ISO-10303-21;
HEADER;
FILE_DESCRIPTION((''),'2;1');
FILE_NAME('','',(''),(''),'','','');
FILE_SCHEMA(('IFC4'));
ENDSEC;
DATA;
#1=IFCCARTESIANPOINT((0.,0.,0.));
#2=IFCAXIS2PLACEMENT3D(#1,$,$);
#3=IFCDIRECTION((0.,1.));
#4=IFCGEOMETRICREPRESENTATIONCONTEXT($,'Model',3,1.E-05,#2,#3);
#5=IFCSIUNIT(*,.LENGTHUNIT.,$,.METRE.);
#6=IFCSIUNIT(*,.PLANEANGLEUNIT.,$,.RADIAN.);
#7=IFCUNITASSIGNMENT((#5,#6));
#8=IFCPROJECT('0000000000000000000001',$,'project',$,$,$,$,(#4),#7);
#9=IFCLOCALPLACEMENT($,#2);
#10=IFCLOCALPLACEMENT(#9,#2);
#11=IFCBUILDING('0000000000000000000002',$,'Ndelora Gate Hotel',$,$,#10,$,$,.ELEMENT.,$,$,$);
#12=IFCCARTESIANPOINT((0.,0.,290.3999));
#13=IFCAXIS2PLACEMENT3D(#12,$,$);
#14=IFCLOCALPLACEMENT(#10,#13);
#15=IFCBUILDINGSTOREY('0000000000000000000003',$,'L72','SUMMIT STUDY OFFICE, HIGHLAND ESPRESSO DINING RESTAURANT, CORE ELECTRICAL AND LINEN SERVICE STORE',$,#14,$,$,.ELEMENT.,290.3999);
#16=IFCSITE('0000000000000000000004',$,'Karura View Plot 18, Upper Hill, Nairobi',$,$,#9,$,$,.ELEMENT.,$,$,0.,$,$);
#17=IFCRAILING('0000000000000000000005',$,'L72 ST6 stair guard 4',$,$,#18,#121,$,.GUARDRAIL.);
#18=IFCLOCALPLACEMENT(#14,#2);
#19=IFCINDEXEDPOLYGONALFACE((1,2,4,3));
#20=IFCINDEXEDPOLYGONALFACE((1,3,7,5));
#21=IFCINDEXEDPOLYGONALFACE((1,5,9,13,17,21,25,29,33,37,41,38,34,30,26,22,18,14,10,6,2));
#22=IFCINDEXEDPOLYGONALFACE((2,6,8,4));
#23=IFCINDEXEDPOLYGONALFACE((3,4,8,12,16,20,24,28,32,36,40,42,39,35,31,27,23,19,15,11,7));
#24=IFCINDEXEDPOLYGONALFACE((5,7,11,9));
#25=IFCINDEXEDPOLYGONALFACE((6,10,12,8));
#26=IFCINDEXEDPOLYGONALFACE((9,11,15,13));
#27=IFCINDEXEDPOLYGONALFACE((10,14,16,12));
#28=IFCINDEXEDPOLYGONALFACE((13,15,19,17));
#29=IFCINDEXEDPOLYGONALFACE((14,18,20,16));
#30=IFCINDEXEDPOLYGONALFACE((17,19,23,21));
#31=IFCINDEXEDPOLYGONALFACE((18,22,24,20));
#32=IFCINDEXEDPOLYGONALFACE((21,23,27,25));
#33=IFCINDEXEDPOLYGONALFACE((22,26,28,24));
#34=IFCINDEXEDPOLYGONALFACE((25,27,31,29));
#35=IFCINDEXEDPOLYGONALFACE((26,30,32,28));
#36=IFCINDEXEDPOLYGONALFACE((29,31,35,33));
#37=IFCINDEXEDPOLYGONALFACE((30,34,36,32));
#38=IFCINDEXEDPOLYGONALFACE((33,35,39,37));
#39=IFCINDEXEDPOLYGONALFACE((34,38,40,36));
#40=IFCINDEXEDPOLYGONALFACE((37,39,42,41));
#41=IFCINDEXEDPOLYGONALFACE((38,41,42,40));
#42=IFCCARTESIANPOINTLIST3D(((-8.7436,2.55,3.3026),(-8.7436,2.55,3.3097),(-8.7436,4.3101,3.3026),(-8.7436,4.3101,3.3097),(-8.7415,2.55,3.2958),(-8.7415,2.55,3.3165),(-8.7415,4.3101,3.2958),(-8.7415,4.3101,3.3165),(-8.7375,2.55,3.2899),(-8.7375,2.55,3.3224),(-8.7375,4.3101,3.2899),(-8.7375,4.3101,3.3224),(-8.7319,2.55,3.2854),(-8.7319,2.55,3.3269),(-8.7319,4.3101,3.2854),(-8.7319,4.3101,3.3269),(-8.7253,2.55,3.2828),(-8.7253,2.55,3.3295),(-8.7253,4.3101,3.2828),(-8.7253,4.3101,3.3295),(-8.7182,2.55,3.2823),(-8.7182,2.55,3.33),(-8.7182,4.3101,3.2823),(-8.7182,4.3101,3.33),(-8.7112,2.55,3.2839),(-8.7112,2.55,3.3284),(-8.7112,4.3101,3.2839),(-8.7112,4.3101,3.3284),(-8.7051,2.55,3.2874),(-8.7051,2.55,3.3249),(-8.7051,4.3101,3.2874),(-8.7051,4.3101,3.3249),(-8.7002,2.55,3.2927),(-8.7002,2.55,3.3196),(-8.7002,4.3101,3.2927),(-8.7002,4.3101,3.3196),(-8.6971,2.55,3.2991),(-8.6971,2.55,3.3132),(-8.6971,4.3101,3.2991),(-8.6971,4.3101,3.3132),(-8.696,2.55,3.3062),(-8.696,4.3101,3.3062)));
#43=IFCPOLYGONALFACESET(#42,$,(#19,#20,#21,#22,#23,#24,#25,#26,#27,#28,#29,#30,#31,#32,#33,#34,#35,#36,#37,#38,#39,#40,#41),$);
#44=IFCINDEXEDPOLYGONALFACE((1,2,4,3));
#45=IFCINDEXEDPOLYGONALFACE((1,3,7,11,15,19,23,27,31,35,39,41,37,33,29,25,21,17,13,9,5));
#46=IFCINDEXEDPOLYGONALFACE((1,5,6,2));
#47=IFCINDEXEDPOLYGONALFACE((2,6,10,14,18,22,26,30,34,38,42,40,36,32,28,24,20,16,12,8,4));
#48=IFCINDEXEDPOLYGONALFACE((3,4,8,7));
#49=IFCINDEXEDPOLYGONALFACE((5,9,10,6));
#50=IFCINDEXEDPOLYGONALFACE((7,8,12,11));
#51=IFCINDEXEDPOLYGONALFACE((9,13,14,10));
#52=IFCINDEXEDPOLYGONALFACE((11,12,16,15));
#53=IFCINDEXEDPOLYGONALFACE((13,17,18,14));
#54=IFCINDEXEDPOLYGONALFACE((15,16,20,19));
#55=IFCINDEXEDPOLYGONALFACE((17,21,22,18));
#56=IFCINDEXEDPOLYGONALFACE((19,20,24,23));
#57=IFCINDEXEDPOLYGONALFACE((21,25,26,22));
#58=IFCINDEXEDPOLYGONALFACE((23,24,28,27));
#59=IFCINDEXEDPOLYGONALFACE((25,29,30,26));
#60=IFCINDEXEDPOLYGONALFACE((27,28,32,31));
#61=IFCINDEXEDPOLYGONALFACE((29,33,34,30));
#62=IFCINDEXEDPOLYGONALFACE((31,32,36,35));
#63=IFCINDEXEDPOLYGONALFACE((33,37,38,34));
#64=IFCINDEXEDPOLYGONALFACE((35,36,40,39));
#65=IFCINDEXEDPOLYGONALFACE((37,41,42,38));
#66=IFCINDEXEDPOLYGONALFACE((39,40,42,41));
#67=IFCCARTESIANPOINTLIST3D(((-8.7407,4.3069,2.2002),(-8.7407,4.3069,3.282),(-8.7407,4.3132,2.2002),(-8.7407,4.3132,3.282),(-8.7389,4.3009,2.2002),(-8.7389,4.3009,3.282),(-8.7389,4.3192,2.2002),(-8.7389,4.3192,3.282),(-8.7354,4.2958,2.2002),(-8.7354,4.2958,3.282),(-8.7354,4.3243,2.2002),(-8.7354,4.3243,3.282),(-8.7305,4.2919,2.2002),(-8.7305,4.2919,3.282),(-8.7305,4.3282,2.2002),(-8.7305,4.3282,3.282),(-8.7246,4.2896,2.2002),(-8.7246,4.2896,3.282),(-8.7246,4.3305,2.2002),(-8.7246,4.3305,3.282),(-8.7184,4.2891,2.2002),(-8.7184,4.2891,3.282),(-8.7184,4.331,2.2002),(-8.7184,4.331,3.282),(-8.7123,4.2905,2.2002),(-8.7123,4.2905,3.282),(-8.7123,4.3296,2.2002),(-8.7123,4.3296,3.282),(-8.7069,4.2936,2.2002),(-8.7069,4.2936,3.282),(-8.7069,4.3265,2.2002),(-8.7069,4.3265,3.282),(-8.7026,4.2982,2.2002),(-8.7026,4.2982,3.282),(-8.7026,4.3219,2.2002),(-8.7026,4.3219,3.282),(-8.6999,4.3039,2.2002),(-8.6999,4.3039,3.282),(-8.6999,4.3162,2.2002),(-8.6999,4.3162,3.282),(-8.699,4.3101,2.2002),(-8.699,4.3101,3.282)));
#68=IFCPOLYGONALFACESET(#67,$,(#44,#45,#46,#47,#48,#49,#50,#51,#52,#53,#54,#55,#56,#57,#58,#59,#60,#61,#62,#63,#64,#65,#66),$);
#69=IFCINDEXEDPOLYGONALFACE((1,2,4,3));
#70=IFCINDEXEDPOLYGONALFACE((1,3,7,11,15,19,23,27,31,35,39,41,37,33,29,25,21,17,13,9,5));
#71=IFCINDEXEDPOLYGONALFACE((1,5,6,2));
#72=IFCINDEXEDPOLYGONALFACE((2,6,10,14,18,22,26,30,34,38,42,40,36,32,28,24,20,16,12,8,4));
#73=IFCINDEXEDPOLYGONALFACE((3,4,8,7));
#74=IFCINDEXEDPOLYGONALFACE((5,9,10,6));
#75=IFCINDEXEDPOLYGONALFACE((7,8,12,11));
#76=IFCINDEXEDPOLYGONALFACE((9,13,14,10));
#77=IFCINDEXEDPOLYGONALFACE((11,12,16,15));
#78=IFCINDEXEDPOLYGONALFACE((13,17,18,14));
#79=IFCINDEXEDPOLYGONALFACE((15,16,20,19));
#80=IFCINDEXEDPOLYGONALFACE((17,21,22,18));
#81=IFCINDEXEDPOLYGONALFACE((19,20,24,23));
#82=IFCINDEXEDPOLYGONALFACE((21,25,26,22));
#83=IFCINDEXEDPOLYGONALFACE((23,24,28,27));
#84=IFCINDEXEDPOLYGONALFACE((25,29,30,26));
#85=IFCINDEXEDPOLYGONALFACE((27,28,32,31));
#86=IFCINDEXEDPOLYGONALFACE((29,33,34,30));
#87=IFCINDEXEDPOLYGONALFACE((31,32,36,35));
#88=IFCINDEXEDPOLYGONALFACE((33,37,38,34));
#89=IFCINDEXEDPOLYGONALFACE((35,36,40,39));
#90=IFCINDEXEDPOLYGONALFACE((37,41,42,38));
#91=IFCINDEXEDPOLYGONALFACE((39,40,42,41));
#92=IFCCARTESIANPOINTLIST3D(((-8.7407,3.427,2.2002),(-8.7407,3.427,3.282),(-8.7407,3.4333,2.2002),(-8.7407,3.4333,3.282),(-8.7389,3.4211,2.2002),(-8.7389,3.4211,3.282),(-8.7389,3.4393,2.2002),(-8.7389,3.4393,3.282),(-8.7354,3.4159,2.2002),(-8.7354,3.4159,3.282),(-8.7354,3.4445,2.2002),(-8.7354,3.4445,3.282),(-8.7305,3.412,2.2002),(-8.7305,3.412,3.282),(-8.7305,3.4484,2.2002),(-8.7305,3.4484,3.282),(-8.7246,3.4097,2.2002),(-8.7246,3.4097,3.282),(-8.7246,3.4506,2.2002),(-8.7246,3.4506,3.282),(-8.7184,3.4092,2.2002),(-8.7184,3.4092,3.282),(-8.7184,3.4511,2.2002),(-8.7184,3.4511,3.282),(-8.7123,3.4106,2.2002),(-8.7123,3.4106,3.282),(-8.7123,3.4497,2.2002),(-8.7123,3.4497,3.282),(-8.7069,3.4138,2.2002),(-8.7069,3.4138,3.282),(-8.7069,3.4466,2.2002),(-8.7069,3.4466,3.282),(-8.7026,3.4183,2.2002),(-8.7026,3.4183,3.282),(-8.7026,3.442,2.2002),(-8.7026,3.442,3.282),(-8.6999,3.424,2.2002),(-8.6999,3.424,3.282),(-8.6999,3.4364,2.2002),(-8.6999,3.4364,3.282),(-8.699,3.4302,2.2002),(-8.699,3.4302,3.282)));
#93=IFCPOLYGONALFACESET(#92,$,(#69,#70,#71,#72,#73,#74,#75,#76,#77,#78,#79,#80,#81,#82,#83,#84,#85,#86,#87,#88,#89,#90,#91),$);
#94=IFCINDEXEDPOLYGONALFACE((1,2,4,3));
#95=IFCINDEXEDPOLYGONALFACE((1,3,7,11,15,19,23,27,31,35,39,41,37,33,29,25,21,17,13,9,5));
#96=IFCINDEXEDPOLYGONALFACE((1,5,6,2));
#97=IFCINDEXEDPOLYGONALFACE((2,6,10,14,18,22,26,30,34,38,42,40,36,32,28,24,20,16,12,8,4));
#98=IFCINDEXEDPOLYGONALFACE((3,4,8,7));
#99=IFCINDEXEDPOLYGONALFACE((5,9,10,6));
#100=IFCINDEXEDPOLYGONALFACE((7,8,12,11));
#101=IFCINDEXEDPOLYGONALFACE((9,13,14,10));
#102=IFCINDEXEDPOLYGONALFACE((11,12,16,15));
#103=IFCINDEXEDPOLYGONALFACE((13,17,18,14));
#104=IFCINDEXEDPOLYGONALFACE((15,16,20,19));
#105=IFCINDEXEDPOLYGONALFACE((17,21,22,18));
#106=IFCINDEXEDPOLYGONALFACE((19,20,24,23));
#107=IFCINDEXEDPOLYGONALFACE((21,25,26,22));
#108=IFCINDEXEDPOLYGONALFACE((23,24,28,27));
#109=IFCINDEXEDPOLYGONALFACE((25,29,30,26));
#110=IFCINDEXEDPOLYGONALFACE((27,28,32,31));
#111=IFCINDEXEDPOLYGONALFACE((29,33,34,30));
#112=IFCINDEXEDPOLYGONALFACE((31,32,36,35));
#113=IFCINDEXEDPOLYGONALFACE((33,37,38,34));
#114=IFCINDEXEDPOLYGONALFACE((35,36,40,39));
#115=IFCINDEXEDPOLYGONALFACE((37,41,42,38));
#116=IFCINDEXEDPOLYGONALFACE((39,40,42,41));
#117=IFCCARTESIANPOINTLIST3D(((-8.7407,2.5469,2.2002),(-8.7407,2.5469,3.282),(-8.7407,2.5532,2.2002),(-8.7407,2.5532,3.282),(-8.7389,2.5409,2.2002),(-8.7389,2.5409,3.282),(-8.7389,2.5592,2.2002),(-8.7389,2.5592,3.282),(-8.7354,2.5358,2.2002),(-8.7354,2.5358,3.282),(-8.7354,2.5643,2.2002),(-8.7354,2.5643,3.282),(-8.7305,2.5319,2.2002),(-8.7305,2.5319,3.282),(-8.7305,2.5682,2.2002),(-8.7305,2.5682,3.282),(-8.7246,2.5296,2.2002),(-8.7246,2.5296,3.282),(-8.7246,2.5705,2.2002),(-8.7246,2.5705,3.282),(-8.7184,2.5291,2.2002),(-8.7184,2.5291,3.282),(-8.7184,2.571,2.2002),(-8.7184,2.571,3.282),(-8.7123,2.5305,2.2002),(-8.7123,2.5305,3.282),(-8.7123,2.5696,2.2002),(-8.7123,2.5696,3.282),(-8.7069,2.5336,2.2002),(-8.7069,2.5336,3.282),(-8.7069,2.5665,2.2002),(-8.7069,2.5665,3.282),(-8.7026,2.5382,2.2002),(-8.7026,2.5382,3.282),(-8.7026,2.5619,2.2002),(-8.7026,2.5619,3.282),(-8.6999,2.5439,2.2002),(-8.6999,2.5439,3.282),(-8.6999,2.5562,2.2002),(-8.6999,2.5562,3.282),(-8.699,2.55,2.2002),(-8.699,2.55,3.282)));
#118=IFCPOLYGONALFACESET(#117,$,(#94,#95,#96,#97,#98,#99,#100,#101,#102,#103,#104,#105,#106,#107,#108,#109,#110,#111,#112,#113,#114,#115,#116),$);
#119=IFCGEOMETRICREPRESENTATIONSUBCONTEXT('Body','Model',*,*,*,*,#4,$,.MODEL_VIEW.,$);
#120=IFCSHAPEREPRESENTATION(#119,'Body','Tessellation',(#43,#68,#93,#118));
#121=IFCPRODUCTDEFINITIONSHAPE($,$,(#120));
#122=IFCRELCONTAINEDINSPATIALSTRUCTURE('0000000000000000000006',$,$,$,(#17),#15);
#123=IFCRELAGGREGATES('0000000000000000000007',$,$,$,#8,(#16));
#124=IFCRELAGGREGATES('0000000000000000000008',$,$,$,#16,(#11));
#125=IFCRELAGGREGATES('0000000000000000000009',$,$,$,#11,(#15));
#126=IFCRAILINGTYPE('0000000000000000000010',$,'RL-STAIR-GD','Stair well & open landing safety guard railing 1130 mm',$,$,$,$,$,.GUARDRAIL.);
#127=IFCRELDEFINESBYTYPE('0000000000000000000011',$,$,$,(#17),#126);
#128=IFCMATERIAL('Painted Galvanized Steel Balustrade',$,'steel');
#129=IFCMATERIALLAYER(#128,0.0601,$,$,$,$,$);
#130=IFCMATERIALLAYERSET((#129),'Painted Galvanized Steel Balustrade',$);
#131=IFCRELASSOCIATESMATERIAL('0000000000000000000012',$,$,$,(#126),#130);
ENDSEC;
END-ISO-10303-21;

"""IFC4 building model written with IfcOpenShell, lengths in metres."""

from ifc_helpers import new_model, si_unit, direction, frame, origin, origin_2d, place, context, subcontext, project, spatial, circle, extrude, material, layer, layer_set, type_object, element, save


model = new_model("IFC4")

# Units and contexts
model_context = context("Model", 3, precision=1e-05, world=origin(), true_north=direction((0.0, 1.0)))
body_context = subcontext(model_context, "Body", "Model", "MODEL_VIEW")
ifc_project = project(units=[si_unit("LENGTHUNIT", "METRE"), si_unit("PLANEANGLEUNIT", "RADIAN")], contexts=[model_context])

# Site, building, storey
site_placement = place(None, origin())
site = spatial("IfcSite", under=ifc_project, at=site_placement, Name="Karura View Plot 18, Upper Hill, Nairobi", CompositionType="ELEMENT", RefElevation=0.0)
building_placement = place(site_placement, origin())
building = spatial("IfcBuilding", under=site, at=building_placement, Name="Ndelora Gate Hotel", CompositionType="ELEMENT")
storey_placement = place(building_placement, frame((0.0, 0.0, 290.3999)))
storey = spatial("IfcBuildingStorey", under=building, at=storey_placement, Name="L72", Description="SUMMIT STUDY OFFICE, HIGHLAND ESPRESSO DINING RESTAURANT, CORE ELECTRICAL AND LINEN SERVICE STORE", CompositionType="ELEMENT", Elevation=290.3999)

# Railing
ifc_material_1 = material(Name="Painted Galvanized Steel Balustrade", Category="steel")
ifc_layer_1 = layer(ifc_material_1, 0.0601)
ifc_layer_set_1 = layer_set([ifc_layer_1], Name="Painted Galvanized Steel Balustrade")
railing_type_1 = type_object("IfcRailingType", Name="RL-STAIR-GD", Description="Stair well & open landing safety guard railing 1130 mm", PredefinedType="GUARDRAIL", material=ifc_layer_set_1)
for number, where, name in (
    (1, (-8.72, 4.3101, 2.2002), "L72 ST6 stair guard 4"),
):
    element("IfcRailing", number, at=place(storey_placement, frame(where)), inside=storey, type_object=railing_type_1, Name=name, PredefinedType="GUARDRAIL", context=body_context, shape_type="SweptSolid", body=[
        extrude(circle(Radius=0.0239, at=origin_2d()), frame((0.0, 0.0, 1.106), z_axis=(0.0, -1.0, 0.0), x_axis=(1.0, 0.0, 0.0)), (0.0, 0.0, 1.0), 1.76),
        extrude(circle(Radius=0.021, at=origin_2d()), origin(), (0.0, 0.0, 1.0), 1.0818),
        extrude(circle(Radius=0.021, at=origin_2d()), frame((0.0, -0.8799, 0.0)), (0.0, 0.0, 1.0), 1.0818),
        extrude(circle(Radius=0.021, at=origin_2d()), frame((0.0, -1.76, 0.0)), (0.0, 0.0, 1.0), 1.0818),
    ])

save(model, "model.ifc")
